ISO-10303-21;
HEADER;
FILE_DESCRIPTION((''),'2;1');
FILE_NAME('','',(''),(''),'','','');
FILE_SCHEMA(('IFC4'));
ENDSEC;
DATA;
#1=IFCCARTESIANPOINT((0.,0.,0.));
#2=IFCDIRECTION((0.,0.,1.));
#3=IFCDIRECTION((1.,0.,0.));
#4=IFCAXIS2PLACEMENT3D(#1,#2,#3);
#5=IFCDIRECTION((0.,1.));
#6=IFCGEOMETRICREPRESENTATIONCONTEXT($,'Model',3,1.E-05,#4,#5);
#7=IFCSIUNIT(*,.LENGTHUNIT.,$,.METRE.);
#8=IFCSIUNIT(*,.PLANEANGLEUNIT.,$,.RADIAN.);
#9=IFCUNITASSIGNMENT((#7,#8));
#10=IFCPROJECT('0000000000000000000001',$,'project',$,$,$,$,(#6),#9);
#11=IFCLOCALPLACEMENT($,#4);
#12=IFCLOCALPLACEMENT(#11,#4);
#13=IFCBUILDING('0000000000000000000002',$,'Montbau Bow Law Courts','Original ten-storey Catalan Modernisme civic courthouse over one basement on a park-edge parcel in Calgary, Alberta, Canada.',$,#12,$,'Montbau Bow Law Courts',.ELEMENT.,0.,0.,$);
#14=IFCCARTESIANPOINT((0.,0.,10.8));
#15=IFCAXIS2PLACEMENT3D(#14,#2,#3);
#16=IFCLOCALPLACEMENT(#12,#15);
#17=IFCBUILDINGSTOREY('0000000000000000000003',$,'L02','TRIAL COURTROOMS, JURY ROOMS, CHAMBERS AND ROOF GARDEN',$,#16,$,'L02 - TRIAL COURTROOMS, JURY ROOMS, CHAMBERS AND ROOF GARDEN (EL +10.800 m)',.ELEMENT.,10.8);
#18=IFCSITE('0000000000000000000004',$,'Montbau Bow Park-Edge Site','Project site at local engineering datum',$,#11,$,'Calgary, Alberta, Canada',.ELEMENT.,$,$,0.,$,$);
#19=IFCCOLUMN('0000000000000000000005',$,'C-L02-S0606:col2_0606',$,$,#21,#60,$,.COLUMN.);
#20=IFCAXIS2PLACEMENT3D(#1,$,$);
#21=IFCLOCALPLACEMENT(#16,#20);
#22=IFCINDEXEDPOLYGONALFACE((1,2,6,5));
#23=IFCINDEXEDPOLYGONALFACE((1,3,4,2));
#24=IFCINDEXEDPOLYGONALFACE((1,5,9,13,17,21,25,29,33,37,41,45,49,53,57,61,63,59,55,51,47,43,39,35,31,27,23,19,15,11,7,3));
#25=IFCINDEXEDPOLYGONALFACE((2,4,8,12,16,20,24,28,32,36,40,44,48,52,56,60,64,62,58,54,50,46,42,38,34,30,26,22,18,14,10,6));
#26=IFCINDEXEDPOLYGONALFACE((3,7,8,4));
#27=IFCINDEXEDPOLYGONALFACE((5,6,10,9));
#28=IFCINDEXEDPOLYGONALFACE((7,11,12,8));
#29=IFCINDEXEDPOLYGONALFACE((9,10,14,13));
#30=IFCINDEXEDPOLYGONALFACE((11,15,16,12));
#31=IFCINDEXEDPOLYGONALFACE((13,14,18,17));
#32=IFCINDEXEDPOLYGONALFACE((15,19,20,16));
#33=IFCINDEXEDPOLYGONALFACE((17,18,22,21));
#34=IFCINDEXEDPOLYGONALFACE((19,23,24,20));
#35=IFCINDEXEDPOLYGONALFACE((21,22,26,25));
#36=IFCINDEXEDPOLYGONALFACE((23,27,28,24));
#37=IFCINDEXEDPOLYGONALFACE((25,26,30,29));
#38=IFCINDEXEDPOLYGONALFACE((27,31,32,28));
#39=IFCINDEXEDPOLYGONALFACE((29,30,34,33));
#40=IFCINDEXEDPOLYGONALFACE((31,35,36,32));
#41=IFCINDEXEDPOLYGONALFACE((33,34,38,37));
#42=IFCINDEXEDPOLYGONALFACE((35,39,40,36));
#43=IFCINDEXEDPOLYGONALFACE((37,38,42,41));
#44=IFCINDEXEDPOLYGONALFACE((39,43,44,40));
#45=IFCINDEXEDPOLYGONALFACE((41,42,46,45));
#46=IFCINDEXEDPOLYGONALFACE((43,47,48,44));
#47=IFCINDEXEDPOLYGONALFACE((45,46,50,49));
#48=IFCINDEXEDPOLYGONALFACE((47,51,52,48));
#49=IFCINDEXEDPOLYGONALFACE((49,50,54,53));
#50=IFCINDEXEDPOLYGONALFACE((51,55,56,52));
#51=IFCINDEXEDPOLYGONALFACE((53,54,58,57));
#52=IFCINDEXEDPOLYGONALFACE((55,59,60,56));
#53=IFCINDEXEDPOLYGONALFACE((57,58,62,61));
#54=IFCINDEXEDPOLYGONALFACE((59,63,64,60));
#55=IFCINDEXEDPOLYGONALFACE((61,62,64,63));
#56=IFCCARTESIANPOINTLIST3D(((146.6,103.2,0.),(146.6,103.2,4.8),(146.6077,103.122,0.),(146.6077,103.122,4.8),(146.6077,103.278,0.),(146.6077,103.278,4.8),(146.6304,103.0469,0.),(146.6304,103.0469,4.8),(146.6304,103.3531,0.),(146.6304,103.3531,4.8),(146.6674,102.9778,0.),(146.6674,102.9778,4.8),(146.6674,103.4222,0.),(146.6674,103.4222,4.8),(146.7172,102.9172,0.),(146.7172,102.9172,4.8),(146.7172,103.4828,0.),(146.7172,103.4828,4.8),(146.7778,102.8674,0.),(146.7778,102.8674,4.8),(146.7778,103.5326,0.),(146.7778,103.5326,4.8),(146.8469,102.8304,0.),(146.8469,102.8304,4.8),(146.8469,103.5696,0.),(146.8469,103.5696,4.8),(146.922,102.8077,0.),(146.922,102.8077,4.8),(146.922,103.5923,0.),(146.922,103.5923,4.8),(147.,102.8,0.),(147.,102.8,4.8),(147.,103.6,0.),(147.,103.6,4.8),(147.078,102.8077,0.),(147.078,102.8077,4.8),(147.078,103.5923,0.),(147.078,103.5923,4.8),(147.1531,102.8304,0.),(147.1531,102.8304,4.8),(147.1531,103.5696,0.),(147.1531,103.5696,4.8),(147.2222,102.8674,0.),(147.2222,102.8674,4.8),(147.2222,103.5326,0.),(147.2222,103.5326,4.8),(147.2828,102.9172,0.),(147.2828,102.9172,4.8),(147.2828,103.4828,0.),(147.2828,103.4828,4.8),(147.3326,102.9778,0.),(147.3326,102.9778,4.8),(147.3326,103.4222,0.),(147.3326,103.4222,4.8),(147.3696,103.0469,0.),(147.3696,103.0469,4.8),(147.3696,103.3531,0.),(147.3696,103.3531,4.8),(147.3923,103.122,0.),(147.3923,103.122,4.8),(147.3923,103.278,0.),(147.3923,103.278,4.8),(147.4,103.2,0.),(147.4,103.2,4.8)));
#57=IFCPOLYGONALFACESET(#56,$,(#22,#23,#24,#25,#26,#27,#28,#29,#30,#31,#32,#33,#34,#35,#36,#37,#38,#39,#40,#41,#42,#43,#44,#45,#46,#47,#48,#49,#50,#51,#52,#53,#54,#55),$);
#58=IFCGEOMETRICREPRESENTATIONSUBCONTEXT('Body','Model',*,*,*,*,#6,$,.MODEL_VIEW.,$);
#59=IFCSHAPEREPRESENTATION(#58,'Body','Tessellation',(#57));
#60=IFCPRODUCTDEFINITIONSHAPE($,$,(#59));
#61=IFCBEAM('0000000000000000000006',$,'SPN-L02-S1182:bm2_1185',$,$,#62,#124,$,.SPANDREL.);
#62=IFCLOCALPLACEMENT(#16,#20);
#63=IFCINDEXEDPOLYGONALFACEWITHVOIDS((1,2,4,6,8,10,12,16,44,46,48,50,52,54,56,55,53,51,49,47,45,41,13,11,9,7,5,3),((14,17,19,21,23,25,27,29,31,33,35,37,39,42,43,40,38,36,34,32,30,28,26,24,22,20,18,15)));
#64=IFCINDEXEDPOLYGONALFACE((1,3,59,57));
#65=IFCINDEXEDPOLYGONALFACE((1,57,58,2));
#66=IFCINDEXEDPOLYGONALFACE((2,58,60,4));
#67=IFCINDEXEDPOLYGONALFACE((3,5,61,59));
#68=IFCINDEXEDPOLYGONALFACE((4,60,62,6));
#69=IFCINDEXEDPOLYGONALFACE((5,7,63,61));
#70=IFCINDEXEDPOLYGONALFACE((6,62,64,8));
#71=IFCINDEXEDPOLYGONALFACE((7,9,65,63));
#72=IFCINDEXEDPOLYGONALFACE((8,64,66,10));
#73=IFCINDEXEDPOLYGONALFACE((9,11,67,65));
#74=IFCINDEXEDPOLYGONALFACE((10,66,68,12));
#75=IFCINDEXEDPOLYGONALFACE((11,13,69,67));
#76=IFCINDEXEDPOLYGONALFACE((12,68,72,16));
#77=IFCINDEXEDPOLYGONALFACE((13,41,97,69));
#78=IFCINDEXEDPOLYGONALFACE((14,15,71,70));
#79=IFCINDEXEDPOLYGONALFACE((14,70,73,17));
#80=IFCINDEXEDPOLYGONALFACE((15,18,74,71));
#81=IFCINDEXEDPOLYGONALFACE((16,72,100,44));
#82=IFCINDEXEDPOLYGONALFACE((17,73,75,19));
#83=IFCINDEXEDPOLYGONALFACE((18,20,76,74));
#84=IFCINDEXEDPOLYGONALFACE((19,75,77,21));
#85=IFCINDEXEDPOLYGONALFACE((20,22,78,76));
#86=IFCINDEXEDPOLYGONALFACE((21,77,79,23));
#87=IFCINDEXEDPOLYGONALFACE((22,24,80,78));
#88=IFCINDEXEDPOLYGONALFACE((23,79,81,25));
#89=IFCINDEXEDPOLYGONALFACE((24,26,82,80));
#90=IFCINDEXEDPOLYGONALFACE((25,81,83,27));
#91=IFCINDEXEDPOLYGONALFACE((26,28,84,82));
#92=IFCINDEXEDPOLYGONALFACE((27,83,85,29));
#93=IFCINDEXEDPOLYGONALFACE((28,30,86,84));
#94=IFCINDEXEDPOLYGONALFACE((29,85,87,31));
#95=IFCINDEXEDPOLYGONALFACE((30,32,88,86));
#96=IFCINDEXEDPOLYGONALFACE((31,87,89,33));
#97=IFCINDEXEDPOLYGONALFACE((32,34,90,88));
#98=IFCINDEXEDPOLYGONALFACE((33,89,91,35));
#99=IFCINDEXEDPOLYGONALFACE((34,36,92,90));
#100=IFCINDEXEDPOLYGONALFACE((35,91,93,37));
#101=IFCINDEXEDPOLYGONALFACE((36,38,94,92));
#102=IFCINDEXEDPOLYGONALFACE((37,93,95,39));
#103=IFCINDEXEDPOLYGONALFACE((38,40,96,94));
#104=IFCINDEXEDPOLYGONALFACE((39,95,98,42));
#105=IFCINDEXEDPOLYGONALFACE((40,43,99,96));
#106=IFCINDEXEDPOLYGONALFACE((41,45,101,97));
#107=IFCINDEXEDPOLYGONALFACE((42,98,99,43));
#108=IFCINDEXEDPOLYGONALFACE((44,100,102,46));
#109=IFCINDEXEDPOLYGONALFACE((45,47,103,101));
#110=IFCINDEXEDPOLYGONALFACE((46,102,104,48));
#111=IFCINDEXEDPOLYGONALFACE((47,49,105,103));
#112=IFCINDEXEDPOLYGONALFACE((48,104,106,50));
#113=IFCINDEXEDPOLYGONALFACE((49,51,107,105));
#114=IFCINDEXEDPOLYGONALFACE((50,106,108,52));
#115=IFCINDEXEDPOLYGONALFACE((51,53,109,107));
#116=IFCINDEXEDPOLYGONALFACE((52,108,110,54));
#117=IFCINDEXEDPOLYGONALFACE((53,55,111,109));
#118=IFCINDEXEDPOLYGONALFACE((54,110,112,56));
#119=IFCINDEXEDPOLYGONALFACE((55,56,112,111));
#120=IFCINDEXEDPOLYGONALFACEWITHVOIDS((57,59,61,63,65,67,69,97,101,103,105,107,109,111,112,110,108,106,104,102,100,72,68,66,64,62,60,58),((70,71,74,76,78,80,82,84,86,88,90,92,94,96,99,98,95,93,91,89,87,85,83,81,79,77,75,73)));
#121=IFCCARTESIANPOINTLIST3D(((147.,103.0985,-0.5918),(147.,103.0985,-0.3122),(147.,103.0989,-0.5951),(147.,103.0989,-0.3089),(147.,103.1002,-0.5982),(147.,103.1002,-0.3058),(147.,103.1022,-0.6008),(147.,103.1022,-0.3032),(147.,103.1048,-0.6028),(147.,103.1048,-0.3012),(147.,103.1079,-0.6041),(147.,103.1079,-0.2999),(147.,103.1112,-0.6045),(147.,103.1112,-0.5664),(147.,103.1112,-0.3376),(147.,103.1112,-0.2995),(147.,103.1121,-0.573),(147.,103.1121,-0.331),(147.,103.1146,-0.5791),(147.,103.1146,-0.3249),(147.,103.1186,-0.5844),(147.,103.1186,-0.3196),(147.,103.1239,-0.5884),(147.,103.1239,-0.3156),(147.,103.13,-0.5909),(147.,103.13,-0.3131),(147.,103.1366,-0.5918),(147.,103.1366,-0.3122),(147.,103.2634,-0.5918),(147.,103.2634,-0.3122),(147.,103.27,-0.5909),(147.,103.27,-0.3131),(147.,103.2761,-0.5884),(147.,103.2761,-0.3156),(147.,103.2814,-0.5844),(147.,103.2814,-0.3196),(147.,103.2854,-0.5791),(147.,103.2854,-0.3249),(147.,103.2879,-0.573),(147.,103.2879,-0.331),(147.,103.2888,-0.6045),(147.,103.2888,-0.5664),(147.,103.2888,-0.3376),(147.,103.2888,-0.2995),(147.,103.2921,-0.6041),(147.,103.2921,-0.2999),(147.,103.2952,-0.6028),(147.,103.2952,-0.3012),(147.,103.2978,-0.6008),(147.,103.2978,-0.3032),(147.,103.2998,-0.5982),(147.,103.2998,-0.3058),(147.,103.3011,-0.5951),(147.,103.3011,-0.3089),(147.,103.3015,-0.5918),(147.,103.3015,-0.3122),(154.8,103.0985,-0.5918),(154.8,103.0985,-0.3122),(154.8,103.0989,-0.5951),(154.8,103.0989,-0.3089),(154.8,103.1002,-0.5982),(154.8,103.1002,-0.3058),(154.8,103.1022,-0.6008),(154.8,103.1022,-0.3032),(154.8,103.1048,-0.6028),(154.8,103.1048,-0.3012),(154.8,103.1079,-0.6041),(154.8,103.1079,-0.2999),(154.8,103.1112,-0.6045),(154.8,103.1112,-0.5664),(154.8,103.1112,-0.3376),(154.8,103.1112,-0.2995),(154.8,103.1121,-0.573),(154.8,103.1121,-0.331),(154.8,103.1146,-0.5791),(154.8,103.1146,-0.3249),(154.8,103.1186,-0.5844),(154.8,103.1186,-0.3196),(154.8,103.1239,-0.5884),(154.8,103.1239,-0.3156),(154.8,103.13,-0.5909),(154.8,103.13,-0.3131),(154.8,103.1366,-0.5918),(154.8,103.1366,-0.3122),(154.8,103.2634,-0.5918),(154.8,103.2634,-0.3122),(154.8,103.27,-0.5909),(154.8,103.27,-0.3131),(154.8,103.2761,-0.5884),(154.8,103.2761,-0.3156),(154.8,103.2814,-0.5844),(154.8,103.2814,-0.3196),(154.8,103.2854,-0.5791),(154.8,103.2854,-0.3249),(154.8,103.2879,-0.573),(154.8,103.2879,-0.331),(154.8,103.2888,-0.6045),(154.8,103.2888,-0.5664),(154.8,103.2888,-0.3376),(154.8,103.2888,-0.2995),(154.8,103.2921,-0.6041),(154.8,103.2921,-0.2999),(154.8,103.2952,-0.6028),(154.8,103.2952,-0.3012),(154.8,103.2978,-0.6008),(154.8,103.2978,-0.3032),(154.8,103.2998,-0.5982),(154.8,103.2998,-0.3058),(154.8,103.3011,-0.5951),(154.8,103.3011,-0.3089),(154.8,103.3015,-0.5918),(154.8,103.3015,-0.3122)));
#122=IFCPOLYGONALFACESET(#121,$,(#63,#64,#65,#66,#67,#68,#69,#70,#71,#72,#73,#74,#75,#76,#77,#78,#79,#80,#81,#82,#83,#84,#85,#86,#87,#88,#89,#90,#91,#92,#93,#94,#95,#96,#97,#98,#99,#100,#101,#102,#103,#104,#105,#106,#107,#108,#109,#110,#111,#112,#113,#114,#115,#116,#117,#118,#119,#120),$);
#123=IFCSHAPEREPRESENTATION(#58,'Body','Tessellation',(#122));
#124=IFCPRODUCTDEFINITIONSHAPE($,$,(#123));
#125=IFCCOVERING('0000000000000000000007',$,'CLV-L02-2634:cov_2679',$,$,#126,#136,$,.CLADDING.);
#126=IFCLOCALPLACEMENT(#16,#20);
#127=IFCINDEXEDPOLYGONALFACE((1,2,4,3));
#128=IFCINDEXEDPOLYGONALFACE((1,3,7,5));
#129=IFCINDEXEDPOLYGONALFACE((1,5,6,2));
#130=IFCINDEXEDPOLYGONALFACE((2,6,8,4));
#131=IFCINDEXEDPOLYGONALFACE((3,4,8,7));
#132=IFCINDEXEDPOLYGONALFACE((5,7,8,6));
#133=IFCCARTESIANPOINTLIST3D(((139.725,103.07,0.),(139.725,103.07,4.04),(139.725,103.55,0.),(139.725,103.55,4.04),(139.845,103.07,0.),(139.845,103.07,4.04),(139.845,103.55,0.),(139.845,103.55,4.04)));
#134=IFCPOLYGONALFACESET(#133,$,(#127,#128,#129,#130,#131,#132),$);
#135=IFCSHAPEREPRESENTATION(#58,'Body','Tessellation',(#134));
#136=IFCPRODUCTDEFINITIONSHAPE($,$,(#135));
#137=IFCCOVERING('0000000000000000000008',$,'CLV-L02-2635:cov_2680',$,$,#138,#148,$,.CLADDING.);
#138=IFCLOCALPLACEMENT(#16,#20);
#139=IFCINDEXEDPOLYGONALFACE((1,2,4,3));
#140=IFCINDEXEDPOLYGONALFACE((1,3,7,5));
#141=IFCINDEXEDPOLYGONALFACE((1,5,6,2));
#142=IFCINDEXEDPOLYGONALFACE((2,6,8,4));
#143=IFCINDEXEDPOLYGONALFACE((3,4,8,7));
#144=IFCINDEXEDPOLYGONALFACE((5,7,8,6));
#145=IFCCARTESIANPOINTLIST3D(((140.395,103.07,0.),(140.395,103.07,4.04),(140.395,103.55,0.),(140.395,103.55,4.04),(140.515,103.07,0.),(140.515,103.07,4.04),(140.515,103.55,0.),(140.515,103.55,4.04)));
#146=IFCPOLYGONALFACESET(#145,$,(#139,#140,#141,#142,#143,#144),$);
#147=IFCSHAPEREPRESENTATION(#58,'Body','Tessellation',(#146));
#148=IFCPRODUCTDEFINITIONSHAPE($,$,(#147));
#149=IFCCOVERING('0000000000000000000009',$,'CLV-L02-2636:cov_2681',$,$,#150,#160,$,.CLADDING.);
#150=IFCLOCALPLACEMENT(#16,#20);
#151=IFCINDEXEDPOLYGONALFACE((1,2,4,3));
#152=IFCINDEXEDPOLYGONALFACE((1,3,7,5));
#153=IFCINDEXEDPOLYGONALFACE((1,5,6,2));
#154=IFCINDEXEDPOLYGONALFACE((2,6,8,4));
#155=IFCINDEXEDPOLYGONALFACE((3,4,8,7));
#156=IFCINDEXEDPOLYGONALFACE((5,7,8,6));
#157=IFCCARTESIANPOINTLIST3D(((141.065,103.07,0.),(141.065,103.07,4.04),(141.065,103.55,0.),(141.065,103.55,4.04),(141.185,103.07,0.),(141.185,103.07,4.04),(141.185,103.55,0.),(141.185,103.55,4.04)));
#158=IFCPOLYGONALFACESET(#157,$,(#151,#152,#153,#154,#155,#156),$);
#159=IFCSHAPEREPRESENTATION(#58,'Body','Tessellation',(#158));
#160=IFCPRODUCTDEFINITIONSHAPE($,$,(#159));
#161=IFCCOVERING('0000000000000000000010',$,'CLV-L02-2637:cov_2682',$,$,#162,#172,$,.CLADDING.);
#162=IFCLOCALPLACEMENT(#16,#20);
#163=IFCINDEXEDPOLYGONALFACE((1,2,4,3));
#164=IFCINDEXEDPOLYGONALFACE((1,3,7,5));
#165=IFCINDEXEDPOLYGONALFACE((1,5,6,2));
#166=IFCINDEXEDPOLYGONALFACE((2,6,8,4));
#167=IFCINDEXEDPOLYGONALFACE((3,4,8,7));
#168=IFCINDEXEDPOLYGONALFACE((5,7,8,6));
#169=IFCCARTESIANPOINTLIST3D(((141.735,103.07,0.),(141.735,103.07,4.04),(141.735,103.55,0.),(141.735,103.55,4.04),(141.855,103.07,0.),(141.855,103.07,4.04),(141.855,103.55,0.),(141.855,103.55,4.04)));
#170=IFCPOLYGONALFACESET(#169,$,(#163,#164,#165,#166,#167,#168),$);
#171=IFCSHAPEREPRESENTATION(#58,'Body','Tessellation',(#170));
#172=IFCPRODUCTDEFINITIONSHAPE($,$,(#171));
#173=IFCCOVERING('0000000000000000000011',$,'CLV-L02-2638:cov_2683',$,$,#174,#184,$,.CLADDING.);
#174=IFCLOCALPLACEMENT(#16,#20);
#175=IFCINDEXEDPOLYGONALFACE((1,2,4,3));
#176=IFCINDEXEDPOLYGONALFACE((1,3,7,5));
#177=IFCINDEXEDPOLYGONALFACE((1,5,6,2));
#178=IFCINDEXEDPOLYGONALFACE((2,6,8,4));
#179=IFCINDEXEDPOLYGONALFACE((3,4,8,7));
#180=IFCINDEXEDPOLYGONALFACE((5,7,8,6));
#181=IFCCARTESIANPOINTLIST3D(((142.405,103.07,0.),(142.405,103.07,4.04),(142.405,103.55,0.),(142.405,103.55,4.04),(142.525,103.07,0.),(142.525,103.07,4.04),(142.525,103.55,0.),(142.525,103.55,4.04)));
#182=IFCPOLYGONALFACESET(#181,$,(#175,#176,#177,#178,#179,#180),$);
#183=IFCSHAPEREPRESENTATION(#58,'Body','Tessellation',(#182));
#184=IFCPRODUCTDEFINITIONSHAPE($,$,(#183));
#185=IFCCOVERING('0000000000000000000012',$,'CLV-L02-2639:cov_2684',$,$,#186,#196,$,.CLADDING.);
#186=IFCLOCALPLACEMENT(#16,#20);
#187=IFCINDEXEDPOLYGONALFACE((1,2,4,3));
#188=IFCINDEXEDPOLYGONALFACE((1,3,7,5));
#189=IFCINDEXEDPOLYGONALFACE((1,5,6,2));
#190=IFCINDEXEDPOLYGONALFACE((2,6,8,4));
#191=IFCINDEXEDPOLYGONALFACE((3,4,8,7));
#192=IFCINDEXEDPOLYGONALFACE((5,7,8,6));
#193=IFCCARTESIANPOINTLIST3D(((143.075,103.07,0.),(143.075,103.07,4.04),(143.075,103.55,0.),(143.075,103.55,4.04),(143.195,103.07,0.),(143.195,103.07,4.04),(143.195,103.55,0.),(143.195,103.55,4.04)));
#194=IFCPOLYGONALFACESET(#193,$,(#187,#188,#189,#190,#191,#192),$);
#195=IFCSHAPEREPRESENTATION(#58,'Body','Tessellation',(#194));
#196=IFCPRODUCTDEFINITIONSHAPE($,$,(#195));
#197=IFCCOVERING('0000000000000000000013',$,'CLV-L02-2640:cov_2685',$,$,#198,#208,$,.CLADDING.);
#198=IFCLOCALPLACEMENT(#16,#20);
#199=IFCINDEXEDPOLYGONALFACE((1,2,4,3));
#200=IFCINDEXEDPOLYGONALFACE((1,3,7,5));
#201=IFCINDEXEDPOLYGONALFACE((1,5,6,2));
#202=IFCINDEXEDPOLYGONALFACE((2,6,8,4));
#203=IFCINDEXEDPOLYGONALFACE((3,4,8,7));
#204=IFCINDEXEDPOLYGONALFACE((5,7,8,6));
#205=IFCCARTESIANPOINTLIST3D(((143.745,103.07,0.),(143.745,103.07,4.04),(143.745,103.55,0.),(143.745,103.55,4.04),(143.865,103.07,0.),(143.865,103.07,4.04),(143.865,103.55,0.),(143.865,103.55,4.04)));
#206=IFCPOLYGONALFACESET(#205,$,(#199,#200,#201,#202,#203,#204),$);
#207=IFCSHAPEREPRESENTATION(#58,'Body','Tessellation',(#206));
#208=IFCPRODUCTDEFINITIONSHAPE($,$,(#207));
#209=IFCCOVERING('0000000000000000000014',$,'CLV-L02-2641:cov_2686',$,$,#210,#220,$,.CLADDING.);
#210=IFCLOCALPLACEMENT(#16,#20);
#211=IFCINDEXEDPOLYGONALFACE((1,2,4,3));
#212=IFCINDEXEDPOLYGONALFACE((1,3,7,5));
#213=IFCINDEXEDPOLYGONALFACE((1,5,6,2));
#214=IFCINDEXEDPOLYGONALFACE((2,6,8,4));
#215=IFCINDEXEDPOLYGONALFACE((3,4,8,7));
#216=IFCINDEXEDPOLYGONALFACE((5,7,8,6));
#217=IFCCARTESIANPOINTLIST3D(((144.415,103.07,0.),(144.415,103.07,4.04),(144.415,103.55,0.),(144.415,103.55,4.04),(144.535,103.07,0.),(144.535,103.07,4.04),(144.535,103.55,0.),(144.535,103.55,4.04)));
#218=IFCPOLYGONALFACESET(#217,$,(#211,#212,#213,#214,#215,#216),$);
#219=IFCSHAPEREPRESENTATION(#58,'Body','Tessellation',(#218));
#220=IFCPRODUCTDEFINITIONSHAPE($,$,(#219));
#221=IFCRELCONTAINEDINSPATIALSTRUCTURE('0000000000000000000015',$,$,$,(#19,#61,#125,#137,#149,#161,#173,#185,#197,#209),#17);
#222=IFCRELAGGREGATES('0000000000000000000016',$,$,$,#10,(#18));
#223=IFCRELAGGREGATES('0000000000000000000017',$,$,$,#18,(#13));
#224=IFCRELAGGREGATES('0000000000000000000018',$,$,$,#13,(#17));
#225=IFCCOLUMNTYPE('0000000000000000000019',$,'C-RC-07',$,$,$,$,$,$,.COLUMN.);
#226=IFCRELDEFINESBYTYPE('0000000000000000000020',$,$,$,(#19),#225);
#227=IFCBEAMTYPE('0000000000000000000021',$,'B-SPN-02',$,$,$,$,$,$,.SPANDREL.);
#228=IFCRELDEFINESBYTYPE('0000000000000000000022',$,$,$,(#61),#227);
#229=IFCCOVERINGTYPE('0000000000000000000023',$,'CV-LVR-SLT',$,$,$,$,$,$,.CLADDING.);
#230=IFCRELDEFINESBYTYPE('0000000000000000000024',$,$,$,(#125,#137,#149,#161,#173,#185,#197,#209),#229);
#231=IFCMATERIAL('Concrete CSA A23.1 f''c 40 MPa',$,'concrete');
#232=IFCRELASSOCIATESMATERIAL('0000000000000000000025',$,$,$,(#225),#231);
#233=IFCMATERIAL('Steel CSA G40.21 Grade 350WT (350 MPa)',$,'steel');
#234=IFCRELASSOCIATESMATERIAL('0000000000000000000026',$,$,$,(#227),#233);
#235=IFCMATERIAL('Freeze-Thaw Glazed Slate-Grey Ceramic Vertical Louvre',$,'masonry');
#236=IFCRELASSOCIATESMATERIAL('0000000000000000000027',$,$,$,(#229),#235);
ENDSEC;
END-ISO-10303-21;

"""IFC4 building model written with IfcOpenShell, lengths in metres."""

from ifc_helpers import new_model, si_unit, direction, frame, frame_2d, origin_with_axes, origin_2d_with_axis, place, context, subcontext, project, spatial, rectangle, hollow_rectangle, circle, extrude, material, material_profile, profile_set, type_object, element, save


model = new_model("IFC4")

# Units and contexts
model_context = context("Model", 3, precision=1e-05, world=origin_with_axes(), true_north=direction((0.0, 1.0)))
body_context = subcontext(model_context, "Body", "Model", "MODEL_VIEW")
ifc_project = project(units=[si_unit("LENGTHUNIT", "METRE"), si_unit("PLANEANGLEUNIT", "RADIAN")], contexts=[model_context])

# Site, building, storey
site_placement = place(None, origin_with_axes())
site = spatial("IfcSite", under=ifc_project, at=site_placement, Name="Montbau Bow Park-Edge Site", Description="Project site at local engineering datum", LongName="Calgary, Alberta, Canada", CompositionType="ELEMENT", RefElevation=0.0)
building_placement = place(site_placement, origin_with_axes())
building = spatial("IfcBuilding", under=site, at=building_placement, Name="Montbau Bow Law Courts", Description="Original ten-storey Catalan Modernisme civic courthouse over one basement on a park-edge parcel in Calgary, Alberta, Canada.", LongName="Montbau Bow Law Courts", CompositionType="ELEMENT", ElevationOfRefHeight=0.0, ElevationOfTerrain=0.0)
storey_placement = place(building_placement, frame((0.0, 0.0, 10.8), z_axis=(0.0, 0.0, 1.0), x_axis=(1.0, 0.0, 0.0)))
storey = spatial("IfcBuildingStorey", under=building, at=storey_placement, Name="L02", Description="TRIAL COURTROOMS, JURY ROOMS, CHAMBERS AND ROOF GARDEN", LongName="L02 - TRIAL COURTROOMS, JURY ROOMS, CHAMBERS AND ROOF GARDEN (EL +10.800 m)", CompositionType="ELEMENT", Elevation=10.8)

# Column
ifc_material_1 = material(Name="Concrete CSA A23.1 f'c 40 MPa", Category="concrete")
ifc_material_profile_1 = material_profile(ifc_material_1, circle(Radius=0.4, at=origin_2d_with_axis()), Name="RC800D", Category="Main", Priority=0)
ifc_profile_set_1 = profile_set([ifc_material_profile_1], Name="Concrete CSA A23.1 f'c 40 MPa")
column_type = type_object("IfcColumnType", Name="C-RC-07", PredefinedType="COLUMN", material=ifc_profile_set_1)
column_placement = place(None, frame((147.0, 103.2, 10.8), z_axis=(0.0, 0.0, 1.0), x_axis=(1.0, 0.0, 0.0)))
element("IfcColumn", 1, at=column_placement, inside=storey, type_object=column_type, Name="C-L02-S0606:col2_0606", PredefinedType="COLUMN", context=body_context, shape_type="SweptSolid", body=[
    extrude(circle(Radius=0.4, at=origin_2d_with_axis()), origin_with_axes(), (0.0, 0.0, 1.0), 4.8),
])

# Beam
ifc_material_2 = material(Name="Steel CSA G40.21 Grade 350WT (350 MPa)", Category="steel")
ifc_material_profile_2 = material_profile(ifc_material_2, hollow_rectangle(XDim=0.203, YDim=0.305, WallThickness=0.0127, InnerFilletRadius=0.0254, OuterFilletRadius=0.0127, at=origin_2d_with_axis()), Name="HSS305X203X13", Category="Main", Priority=0)
ifc_profile_set_2 = profile_set([ifc_material_profile_2], Name="Steel CSA G40.21 Grade 350WT (350 MPa)")
beam_type = type_object("IfcBeamType", Name="B-SPN-02", PredefinedType="SPANDREL", material=ifc_profile_set_2)
beam_placement = place(None, frame((147.0, 103.2, 10.348), z_axis=(1.0, 0.0, 0.0), x_axis=(0.0, 1.0, 0.0)))
element("IfcBeam", 2, at=beam_placement, inside=storey, type_object=beam_type, Name="SPN-L02-S1182:bm2_1185", PredefinedType="SPANDREL", context=body_context, shape_type="SweptSolid", body=[
    extrude(hollow_rectangle(XDim=0.203, YDim=0.305, WallThickness=0.0127, InnerFilletRadius=0.0254, OuterFilletRadius=0.0127, at=origin_2d_with_axis()), origin_with_axes(), (0.0, 0.0, 1.0), 7.8),
])

# Coverings
ifc_material_3 = material(Name="Freeze-Thaw Glazed Slate-Grey Ceramic Vertical Louvre", Category="masonry")
covering_type = type_object("IfcCoveringType", Name="CV-LVR-SLT", PredefinedType="CLADDING", material=ifc_material_3)
for number, where, z_axis, x_axis, name in (
    (3, (139.785, 103.07, 10.8), (1.0, 0.0, 0.0), (0.0, 1.0, 0.0), "CLV-L02-2634:cov_2679"),
    (4, (140.455, 103.07, 10.8), (1.0, 0.0, 0.0), (0.0, 1.0, 0.0), "CLV-L02-2635:cov_2680"),
    (5, (141.125, 103.07, 10.8), (1.0, 0.0, 0.0), (0.0, 1.0, 0.0), "CLV-L02-2636:cov_2681"),
    (6, (141.795, 103.07, 10.8), (1.0, 0.0, 0.0), (0.0, 1.0, 0.0), "CLV-L02-2637:cov_2682"),
    (7, (142.465, 103.07, 10.8), (1.0, 0.0, 0.0), (0.0, 1.0, 0.0), "CLV-L02-2638:cov_2683"),
    (8, (143.135, 103.07, 10.8), (1.0, 0.0, 0.0), (0.0, 1.0, 0.0), "CLV-L02-2639:cov_2684"),
    (9, (143.805, 103.07, 10.8), (1.0, 0.0, 0.0), (0.0, 1.0, 0.0), "CLV-L02-2640:cov_2685"),
    (10, (144.475, 103.07, 10.8), (1.0, 0.0, 0.0), (0.0, 1.0, 0.0), "CLV-L02-2641:cov_2686"),
):
    element("IfcCovering", number, at=place(None, frame(where, z_axis=z_axis, x_axis=x_axis)), inside=storey, type_object=covering_type, Name=name, PredefinedType="CLADDING", context=body_context, shape_type="SweptSolid", body=[
        extrude(rectangle(XDim=0.48, YDim=4.04, at=frame_2d((0.24, 2.02), x_axis=(1.0, 0.0))), frame((0.0, 0.0, -0.06), z_axis=(0.0, 0.0, 1.0), x_axis=(1.0, 0.0, 0.0)), (0.0, 0.0, 1.0), 0.12),
    ])

save(model, "model.ifc")
